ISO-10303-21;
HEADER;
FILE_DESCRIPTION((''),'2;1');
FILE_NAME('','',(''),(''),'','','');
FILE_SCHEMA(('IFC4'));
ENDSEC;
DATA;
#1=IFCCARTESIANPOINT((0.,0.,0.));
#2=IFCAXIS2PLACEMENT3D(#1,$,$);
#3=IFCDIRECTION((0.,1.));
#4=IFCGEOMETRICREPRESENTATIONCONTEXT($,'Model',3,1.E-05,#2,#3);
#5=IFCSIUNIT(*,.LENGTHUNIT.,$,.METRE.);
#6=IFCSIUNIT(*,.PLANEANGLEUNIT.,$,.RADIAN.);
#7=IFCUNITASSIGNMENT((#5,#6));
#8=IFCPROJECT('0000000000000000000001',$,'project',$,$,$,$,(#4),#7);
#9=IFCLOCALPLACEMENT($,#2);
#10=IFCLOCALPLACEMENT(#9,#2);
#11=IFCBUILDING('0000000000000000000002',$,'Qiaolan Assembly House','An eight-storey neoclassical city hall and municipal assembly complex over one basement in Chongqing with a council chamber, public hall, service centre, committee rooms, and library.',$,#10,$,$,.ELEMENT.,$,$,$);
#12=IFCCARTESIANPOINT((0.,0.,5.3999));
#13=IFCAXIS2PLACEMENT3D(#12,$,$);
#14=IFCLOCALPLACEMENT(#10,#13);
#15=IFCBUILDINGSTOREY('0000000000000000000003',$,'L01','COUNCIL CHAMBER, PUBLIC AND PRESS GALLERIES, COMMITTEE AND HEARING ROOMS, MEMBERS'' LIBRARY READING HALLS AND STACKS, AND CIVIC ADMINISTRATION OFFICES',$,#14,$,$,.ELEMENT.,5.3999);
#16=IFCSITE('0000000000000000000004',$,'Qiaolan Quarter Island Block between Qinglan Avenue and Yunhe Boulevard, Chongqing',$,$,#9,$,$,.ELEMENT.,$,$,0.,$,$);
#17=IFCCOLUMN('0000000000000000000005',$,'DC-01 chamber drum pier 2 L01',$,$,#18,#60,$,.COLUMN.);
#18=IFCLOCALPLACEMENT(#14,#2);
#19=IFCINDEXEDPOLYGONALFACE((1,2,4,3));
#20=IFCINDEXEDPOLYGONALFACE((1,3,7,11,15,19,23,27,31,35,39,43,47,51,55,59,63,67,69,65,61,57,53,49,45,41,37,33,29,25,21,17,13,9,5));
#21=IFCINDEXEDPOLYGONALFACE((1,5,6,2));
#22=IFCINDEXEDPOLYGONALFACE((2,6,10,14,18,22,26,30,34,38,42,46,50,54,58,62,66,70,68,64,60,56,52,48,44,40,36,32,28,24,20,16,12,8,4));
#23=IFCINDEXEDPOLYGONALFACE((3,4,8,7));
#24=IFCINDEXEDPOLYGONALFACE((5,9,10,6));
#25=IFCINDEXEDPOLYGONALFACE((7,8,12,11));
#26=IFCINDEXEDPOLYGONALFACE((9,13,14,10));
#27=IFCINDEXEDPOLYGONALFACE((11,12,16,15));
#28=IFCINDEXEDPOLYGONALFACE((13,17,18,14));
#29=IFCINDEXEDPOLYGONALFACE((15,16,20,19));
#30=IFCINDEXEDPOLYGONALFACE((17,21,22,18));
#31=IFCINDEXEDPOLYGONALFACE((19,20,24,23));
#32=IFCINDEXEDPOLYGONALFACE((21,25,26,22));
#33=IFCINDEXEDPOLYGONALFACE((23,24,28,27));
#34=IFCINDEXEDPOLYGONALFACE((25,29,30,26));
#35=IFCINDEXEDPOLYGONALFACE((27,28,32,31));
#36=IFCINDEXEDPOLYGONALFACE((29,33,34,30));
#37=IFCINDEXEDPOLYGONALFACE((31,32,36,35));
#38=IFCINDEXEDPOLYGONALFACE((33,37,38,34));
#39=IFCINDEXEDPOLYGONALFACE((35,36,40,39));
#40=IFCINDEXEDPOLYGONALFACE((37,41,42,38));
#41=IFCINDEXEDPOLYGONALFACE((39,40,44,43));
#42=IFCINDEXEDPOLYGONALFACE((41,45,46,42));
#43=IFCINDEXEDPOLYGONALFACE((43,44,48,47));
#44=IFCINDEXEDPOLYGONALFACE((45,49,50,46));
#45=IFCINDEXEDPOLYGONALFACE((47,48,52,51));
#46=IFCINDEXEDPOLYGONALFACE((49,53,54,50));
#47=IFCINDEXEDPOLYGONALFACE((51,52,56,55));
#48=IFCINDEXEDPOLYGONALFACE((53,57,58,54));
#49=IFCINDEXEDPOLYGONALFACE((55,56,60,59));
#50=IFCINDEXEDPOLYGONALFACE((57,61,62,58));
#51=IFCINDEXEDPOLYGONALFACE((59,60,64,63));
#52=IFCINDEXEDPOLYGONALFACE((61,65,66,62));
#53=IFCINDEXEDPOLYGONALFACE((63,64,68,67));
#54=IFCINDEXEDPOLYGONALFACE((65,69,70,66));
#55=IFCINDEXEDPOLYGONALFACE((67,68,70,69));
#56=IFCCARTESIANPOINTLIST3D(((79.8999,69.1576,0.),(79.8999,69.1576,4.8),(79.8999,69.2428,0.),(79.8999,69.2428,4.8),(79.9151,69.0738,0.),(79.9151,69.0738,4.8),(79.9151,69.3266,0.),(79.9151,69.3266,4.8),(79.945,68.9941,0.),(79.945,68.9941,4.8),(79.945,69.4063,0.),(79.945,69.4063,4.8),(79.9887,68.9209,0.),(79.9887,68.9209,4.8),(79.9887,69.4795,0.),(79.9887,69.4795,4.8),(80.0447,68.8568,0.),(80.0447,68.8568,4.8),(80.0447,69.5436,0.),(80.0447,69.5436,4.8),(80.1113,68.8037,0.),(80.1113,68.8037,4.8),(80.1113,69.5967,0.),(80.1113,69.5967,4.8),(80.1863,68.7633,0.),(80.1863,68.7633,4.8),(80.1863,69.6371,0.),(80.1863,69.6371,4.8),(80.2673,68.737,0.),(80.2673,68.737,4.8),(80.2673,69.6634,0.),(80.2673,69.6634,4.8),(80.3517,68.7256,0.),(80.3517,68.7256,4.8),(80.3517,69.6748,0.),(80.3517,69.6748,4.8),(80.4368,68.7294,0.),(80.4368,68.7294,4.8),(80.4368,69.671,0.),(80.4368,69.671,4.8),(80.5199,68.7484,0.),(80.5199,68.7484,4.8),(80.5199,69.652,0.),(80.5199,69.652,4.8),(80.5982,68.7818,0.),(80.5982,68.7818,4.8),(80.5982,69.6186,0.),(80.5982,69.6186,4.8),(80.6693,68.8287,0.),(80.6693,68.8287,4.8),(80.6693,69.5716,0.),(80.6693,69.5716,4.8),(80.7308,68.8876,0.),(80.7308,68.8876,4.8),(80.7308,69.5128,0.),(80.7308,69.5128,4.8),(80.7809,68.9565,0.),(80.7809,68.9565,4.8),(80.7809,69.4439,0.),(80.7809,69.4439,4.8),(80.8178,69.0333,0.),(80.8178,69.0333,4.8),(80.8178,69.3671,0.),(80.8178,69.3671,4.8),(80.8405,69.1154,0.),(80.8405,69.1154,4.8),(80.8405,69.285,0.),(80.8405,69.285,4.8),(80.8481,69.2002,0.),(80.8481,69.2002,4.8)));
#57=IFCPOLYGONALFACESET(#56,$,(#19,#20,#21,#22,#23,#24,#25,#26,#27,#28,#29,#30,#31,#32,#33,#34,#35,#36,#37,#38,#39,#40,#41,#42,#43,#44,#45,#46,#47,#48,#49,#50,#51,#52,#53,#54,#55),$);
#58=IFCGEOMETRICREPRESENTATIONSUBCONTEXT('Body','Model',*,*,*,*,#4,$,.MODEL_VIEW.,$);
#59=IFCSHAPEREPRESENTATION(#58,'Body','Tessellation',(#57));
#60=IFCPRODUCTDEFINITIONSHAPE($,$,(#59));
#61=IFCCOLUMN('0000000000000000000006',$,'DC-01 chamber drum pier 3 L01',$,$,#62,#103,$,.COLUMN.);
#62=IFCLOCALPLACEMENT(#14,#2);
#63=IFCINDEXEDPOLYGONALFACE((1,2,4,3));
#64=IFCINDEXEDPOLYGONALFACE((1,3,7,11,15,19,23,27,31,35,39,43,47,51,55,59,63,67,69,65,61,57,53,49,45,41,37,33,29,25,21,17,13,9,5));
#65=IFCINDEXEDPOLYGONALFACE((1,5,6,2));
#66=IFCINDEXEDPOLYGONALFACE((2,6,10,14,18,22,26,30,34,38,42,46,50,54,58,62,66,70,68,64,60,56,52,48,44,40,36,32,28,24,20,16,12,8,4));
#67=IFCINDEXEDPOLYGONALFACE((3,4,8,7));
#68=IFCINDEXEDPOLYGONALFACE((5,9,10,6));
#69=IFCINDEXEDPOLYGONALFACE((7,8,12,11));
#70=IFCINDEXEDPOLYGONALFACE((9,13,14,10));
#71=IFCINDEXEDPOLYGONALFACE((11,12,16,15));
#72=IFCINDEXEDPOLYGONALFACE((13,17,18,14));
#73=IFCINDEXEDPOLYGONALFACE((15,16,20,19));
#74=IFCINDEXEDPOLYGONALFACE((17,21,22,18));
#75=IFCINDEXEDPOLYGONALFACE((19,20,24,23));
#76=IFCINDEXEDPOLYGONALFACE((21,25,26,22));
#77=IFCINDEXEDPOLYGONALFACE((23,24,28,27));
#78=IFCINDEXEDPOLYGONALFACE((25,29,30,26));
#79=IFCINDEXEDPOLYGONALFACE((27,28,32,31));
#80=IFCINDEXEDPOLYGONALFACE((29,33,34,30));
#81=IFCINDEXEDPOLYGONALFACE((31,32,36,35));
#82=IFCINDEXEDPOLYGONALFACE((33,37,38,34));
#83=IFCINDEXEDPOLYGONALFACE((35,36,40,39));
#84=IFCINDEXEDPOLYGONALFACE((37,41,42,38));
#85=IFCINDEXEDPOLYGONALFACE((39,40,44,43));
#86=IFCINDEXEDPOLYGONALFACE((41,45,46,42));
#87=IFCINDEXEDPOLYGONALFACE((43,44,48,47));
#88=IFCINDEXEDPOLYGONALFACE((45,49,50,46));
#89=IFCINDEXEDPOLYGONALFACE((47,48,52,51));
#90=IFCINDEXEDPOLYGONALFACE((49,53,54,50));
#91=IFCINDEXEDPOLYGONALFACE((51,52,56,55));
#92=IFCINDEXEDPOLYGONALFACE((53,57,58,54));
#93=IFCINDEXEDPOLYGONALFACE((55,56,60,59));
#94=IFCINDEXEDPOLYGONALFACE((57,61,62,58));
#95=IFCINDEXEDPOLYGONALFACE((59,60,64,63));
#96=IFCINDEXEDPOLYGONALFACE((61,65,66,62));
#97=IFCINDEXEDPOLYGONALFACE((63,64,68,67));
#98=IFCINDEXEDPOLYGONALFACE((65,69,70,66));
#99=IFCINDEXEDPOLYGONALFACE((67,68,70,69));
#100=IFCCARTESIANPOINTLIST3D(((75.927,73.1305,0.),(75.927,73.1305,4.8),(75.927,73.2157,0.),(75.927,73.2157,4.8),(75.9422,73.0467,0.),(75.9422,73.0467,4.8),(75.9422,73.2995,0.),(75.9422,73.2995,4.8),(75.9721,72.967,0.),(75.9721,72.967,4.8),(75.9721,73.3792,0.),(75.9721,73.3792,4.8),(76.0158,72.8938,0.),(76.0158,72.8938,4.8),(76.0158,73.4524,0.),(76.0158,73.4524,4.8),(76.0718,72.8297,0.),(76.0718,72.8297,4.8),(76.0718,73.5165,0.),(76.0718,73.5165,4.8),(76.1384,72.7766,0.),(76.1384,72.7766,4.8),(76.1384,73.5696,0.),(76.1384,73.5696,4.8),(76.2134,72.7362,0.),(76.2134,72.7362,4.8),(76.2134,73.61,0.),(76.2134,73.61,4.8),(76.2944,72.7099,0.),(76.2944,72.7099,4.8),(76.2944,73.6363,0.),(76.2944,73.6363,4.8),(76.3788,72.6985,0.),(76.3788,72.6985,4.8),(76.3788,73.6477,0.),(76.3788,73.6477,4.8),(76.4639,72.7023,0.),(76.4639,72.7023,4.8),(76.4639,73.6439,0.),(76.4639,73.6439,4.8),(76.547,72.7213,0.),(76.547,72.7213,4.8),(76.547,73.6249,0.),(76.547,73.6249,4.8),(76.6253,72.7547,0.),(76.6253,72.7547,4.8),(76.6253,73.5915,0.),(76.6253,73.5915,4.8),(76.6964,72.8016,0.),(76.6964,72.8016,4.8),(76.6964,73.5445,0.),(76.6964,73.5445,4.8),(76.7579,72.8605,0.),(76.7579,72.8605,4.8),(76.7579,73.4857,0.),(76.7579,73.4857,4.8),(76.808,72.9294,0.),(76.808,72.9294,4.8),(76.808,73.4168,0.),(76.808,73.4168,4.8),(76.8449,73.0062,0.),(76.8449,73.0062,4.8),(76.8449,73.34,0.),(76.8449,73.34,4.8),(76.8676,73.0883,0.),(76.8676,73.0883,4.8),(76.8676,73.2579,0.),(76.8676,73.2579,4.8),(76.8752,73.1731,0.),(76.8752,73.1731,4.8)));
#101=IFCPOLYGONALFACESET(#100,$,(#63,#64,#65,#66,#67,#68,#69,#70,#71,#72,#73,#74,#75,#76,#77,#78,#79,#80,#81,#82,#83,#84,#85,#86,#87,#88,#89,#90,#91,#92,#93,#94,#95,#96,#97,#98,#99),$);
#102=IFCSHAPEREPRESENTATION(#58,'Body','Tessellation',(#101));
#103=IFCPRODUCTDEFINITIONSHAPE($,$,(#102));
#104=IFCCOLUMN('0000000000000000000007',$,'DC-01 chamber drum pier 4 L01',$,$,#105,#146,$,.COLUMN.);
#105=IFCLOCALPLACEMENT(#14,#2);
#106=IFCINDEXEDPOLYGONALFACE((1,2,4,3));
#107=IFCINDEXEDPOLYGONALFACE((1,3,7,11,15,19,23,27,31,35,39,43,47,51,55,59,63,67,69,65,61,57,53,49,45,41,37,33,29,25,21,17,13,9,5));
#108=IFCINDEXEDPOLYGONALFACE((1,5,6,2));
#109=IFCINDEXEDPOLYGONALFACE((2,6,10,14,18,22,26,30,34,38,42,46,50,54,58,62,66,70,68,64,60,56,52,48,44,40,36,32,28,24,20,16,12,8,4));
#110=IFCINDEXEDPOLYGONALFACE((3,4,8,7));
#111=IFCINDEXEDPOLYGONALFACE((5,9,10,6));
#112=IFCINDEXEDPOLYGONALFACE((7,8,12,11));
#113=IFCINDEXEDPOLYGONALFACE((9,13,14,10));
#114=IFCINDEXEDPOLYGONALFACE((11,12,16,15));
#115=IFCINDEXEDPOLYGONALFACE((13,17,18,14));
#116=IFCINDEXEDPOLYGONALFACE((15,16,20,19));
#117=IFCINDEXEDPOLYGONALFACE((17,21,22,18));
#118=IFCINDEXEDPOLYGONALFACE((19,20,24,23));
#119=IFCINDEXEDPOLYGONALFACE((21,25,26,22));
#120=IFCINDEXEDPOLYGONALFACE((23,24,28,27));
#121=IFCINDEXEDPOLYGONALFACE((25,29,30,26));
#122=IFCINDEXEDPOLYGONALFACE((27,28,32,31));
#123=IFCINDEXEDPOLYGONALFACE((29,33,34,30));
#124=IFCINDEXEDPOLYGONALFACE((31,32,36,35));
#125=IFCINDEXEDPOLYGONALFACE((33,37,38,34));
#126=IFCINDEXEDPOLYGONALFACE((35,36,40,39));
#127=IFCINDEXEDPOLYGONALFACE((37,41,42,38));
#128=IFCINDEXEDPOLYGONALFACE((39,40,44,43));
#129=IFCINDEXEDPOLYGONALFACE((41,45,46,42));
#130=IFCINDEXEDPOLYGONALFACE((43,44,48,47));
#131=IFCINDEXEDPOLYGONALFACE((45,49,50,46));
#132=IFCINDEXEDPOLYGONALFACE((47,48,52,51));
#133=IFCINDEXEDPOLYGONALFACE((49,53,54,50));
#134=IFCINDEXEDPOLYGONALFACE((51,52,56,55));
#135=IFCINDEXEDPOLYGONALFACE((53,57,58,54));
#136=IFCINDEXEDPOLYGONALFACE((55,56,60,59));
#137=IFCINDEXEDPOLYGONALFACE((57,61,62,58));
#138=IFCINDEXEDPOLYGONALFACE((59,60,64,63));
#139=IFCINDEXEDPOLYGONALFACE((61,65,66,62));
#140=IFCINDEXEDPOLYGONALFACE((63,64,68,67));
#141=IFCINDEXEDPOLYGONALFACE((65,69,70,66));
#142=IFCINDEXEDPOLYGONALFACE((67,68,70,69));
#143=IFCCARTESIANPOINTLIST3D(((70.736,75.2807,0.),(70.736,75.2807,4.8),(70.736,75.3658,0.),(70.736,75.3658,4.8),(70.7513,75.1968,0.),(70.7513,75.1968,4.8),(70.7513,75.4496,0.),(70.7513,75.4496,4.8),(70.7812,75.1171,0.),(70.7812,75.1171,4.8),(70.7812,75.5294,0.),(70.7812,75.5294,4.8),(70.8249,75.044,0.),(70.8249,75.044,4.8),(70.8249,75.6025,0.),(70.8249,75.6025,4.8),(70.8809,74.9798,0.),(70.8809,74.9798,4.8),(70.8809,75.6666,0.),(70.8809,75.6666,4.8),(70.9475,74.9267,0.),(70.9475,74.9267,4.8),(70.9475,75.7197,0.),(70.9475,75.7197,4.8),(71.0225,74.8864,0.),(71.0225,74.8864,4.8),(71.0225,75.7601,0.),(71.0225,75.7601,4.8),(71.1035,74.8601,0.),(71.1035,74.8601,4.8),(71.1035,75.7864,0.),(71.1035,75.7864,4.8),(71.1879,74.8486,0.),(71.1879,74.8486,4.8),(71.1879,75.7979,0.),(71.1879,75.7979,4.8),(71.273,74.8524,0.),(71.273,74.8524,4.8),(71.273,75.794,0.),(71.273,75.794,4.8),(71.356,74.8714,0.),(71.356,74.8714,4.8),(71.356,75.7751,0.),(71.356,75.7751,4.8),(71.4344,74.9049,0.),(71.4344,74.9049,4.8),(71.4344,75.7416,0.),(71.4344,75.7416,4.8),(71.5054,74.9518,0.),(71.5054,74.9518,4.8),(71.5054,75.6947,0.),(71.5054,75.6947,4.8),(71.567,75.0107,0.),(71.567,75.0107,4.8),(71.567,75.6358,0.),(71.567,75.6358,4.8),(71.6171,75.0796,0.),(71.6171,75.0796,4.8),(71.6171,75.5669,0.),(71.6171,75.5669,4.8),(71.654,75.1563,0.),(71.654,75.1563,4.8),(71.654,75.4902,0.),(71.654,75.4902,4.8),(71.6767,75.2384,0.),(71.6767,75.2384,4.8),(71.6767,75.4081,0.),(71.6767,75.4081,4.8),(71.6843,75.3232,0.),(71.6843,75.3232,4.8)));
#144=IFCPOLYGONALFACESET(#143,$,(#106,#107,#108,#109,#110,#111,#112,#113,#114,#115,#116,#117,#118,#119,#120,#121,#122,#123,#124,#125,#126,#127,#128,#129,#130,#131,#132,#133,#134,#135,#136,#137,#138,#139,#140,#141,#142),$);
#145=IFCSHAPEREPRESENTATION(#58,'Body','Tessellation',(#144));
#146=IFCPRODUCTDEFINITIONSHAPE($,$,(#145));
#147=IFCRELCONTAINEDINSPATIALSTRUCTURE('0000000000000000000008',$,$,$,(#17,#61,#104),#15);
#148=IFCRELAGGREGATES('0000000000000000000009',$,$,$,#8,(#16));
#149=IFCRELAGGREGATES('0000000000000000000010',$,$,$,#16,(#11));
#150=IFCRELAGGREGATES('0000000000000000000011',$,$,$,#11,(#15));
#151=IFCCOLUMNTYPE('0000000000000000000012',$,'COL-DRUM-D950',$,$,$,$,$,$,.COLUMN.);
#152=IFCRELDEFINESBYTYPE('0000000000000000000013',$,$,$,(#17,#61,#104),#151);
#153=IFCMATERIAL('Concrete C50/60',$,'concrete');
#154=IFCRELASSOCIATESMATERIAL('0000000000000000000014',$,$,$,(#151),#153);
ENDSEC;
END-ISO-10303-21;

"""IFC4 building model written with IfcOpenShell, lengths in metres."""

from ifc_helpers import new_model, si_unit, direction, frame, origin, origin_2d, place, context, subcontext, project, spatial, circle, extrude, material, material_profile, profile_set, type_object, element, save


model = new_model("IFC4")

# Units and contexts
model_context = context("Model", 3, precision=1e-05, world=origin(), true_north=direction((0.0, 1.0)))
body_context = subcontext(model_context, "Body", "Model", "MODEL_VIEW")
ifc_project = project(units=[si_unit("LENGTHUNIT", "METRE"), si_unit("PLANEANGLEUNIT", "RADIAN")], contexts=[model_context])

# Site, building, storey
site_placement = place(None, origin())
site = spatial("IfcSite", under=ifc_project, at=site_placement, Name="Qiaolan Quarter Island Block between Qinglan Avenue and Yunhe Boulevard, Chongqing", CompositionType="ELEMENT", RefElevation=0.0)
building_placement = place(site_placement, origin())
building = spatial("IfcBuilding", under=site, at=building_placement, Name="Qiaolan Assembly House", Description="An eight-storey neoclassical city hall and municipal assembly complex over one basement in Chongqing with a council chamber, public hall, service centre, committee rooms, and library.", CompositionType="ELEMENT")
storey_placement = place(building_placement, frame((0.0, 0.0, 5.3999)))
storey = spatial("IfcBuildingStorey", under=building, at=storey_placement, Name="L01", Description="COUNCIL CHAMBER, PUBLIC AND PRESS GALLERIES, COMMITTEE AND HEARING ROOMS, MEMBERS' LIBRARY READING HALLS AND STACKS, AND CIVIC ADMINISTRATION OFFICES", CompositionType="ELEMENT", Elevation=5.3999)

# Columns
ifc_material_1 = material(Name="Concrete C50/60", Category="concrete")
ifc_material_profile_1 = material_profile(ifc_material_1, circle(Radius=0.4751, at=origin_2d()), Name="CIRC D950")
ifc_profile_set_1 = profile_set([ifc_material_profile_1], Name="Concrete C50/60")
column_type_1 = type_object("IfcColumnType", Name="COL-DRUM-D950", PredefinedType="COLUMN", material=ifc_profile_set_1)
for number, where, z_axis, x_axis, name in (
    (1, (80.373, 69.2002, 0.0), (0.0, 0.0, 1.0), (1.0, 0.0, 0.0), "DC-01 chamber drum pier 2 L01"),
    (2, (76.4001, 73.1731, 0.0), (0.0, 0.0, 1.0), (1.0, 0.0, 0.0), "DC-01 chamber drum pier 3 L01"),
    (3, (71.2092, 75.3232, 0.0), (0.0, 0.0, 1.0), (1.0, 0.0, 0.0), "DC-01 chamber drum pier 4 L01"),
):
    element("IfcColumn", number, at=place(storey_placement, frame(where, z_axis=z_axis, x_axis=x_axis)), inside=storey, type_object=column_type_1, Name=name, PredefinedType="COLUMN", context=body_context, shape_type="SweptSolid", body=[
        extrude(circle(Radius=0.4751, at=origin_2d()), origin(), (0.0, 0.0, 1.0), 4.8),
    ])

save(model, "model.ifc")
